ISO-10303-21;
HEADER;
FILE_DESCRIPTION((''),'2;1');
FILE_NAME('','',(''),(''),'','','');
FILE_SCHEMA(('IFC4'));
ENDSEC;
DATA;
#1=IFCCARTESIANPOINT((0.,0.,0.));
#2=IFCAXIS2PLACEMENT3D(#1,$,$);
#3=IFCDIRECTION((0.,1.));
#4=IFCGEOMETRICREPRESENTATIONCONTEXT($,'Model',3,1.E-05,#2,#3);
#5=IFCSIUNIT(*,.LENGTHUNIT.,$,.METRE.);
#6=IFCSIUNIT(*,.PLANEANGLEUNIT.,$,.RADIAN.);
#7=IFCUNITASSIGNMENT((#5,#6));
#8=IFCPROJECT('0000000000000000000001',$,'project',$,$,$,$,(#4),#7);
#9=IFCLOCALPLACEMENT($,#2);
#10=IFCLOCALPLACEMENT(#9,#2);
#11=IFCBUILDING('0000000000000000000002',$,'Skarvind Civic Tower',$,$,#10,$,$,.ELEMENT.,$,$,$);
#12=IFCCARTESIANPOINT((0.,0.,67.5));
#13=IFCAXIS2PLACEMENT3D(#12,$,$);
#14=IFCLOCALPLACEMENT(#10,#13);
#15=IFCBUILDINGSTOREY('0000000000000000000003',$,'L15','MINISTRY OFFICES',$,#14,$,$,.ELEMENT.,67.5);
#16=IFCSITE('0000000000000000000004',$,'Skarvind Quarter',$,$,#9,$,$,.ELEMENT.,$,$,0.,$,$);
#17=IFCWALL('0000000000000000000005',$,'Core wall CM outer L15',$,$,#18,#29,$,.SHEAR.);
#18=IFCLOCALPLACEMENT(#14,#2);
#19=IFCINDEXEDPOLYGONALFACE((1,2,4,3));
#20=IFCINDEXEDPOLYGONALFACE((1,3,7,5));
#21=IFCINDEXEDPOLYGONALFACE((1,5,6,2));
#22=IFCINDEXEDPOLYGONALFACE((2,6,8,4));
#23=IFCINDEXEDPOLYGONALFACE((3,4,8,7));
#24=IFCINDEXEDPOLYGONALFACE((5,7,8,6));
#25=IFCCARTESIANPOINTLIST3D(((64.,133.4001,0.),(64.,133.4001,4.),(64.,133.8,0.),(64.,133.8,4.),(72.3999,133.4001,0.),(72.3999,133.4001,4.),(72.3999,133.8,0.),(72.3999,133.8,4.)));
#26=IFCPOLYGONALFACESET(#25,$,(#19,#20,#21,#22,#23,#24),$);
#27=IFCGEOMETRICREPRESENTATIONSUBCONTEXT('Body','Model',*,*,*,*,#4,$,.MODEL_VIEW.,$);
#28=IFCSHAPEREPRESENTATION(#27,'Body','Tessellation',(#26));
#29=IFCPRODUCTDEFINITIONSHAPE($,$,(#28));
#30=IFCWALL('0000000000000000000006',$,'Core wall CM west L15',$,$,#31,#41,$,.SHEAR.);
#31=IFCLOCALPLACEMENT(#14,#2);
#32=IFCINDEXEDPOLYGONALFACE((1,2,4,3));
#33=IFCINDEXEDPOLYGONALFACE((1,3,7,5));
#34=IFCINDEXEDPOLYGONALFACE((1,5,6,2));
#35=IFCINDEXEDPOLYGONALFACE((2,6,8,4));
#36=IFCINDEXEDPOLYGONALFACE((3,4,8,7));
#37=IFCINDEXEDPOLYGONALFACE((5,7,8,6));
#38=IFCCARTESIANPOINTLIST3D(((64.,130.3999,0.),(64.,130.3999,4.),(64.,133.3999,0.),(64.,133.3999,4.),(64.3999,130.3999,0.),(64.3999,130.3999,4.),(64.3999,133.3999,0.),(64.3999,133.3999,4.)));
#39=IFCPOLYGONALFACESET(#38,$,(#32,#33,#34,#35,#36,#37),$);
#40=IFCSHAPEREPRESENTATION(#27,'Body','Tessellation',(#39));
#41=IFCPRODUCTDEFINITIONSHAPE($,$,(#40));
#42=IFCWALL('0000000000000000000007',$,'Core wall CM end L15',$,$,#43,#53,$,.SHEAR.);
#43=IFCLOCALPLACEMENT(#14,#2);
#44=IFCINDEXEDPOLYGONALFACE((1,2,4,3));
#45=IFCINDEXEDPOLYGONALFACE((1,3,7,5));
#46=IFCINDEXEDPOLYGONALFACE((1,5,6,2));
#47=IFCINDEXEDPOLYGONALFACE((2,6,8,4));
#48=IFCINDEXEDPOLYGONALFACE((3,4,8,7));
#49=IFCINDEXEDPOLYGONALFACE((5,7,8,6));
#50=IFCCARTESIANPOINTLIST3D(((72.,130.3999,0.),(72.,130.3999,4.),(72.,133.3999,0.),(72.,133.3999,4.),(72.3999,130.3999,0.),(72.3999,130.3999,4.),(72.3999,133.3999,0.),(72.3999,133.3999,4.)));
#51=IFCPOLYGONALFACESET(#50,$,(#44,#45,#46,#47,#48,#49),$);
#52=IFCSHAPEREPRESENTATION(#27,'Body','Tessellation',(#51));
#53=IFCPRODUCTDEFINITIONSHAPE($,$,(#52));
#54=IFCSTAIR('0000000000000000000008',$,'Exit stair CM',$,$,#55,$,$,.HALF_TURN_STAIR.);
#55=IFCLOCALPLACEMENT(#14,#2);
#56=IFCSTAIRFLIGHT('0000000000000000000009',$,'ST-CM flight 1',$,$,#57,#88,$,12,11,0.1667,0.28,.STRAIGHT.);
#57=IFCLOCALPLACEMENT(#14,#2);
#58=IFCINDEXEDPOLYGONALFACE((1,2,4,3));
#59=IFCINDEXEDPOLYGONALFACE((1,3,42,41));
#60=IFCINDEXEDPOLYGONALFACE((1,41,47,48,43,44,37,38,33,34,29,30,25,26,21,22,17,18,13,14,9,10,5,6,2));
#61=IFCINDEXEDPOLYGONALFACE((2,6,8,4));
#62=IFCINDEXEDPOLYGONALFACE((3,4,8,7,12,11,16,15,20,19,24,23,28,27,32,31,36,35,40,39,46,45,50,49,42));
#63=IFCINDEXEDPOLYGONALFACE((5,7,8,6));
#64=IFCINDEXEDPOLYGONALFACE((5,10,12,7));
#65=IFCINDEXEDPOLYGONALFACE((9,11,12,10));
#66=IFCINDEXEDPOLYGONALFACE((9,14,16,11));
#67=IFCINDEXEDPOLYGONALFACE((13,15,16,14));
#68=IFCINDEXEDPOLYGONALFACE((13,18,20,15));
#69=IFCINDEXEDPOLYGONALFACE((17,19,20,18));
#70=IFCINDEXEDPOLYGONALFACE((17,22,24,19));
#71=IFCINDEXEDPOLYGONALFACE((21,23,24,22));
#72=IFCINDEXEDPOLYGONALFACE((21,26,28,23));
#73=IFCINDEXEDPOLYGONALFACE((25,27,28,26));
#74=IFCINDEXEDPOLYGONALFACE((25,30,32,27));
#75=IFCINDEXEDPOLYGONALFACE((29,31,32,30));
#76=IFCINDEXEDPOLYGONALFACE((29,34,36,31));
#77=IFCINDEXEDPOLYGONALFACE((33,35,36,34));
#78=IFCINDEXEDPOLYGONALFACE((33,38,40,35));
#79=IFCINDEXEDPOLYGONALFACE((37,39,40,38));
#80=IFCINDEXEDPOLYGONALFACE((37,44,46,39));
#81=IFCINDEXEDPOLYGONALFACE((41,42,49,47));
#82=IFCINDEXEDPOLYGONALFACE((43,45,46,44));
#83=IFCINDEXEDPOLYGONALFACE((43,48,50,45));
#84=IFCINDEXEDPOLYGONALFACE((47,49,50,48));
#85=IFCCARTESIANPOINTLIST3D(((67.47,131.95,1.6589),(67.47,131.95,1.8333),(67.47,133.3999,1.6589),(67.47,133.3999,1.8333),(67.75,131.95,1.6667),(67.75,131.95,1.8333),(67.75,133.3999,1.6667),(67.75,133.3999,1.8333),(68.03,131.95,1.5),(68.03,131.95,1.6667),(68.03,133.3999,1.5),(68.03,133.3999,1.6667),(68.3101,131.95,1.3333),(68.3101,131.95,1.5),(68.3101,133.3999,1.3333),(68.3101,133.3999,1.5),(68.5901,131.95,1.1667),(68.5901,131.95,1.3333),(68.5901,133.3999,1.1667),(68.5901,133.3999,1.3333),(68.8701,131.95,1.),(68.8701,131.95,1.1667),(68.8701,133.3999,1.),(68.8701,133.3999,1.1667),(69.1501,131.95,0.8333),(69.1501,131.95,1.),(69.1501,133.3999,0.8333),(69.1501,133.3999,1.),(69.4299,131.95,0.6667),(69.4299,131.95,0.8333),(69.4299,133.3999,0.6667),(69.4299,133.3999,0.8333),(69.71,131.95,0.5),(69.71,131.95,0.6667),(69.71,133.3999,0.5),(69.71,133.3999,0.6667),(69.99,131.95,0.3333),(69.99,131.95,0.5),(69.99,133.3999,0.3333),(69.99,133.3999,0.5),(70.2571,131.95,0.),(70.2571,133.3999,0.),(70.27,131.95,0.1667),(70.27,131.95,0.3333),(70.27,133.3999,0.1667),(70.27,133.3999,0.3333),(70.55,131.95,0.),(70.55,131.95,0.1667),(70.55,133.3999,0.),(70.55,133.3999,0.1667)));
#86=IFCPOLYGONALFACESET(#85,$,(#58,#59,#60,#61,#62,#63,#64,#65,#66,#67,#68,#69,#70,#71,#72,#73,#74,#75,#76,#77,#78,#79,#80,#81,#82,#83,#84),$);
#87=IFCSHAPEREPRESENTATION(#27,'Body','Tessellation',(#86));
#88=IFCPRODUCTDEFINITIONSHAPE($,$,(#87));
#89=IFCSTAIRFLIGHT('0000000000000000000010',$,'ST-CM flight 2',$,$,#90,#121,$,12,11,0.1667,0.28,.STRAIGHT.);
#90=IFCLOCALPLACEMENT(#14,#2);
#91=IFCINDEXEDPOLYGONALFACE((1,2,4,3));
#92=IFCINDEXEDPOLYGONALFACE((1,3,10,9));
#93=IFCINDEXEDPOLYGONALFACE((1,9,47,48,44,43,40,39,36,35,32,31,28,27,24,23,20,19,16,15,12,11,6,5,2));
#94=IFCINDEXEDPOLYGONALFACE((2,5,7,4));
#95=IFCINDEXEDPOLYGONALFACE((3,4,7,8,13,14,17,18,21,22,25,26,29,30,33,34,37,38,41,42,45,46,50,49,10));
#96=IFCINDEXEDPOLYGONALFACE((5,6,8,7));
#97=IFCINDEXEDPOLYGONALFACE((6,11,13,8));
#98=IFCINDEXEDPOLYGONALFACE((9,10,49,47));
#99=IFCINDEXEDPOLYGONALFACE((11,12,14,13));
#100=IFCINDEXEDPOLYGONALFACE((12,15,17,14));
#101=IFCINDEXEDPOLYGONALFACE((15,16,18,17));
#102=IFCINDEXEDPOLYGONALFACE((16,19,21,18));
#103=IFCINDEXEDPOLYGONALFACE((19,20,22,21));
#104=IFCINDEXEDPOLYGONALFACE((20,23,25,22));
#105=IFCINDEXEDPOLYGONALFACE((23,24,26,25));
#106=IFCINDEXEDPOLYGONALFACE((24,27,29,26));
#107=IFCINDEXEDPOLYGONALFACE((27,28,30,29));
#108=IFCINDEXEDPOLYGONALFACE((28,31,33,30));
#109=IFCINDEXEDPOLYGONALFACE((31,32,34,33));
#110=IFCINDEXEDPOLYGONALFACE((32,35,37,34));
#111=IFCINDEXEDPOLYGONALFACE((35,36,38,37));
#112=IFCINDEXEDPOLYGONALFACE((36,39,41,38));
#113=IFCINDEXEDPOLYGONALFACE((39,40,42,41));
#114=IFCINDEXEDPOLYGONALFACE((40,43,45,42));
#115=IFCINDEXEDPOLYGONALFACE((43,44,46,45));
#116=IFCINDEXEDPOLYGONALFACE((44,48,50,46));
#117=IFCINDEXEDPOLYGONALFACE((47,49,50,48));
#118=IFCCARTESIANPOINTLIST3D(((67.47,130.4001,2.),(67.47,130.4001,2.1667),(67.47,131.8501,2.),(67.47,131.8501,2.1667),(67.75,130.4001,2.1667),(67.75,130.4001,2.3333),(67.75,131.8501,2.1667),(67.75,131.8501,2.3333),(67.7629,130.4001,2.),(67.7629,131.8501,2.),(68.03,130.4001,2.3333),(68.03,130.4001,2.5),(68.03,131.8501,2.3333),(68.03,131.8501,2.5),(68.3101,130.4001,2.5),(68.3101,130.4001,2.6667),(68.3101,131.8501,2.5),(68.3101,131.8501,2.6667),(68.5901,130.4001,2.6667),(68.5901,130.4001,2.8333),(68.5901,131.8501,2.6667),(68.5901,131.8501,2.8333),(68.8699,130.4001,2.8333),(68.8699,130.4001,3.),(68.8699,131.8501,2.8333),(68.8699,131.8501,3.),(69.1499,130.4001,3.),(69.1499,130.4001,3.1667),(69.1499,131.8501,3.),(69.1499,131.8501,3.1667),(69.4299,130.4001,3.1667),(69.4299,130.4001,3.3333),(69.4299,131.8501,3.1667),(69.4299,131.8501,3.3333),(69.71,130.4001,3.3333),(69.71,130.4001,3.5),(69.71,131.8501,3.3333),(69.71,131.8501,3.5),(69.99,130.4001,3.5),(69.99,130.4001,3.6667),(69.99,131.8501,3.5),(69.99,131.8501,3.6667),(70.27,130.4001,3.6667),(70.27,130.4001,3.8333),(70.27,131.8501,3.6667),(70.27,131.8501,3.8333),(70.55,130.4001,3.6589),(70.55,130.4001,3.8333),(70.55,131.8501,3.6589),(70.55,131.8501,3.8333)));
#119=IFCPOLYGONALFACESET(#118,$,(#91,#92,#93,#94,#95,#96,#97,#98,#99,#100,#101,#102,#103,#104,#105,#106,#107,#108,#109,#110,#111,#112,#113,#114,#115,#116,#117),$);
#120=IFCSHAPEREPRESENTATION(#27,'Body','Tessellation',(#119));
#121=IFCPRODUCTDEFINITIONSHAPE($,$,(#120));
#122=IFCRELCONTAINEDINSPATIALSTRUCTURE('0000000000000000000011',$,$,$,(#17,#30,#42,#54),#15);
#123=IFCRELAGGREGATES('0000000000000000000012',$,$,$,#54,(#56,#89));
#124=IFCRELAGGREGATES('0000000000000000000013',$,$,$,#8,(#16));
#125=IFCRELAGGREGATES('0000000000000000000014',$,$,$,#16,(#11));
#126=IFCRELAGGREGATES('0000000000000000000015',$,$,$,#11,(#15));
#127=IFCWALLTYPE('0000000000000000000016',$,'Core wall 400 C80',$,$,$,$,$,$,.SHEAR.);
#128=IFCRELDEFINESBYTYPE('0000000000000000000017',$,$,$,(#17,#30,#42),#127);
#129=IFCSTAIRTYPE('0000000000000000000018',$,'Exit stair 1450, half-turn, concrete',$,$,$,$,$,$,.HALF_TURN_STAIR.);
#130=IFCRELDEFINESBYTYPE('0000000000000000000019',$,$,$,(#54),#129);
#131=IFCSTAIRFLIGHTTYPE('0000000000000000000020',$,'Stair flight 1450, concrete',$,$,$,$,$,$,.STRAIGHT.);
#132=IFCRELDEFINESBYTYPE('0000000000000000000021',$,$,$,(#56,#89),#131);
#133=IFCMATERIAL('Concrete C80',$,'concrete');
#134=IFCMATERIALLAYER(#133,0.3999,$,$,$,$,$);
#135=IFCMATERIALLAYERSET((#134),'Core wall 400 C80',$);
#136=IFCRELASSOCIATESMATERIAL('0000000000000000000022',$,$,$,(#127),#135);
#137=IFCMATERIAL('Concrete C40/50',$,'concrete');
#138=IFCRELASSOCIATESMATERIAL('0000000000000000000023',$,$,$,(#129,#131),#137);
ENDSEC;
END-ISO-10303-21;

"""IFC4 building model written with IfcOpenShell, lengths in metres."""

from ifc_helpers import new_model, si_unit, direction, frame, frame_2d, origin, place, context, subcontext, project, spatial, polyline, rectangle, outline, extrude, material, layer, layer_set, type_object, element, aggregate, save


model = new_model("IFC4")

# Units and contexts
model_context = context("Model", 3, precision=1e-05, world=origin(), true_north=direction((0.0, 1.0)))
body_context = subcontext(model_context, "Body", "Model", "MODEL_VIEW")
ifc_project = project(units=[si_unit("LENGTHUNIT", "METRE"), si_unit("PLANEANGLEUNIT", "RADIAN")], contexts=[model_context])

# Site, building, storey
site_placement = place(None, origin())
site = spatial("IfcSite", under=ifc_project, at=site_placement, Name="Skarvind Quarter", CompositionType="ELEMENT", RefElevation=0.0)
building_placement = place(site_placement, origin())
building = spatial("IfcBuilding", under=site, at=building_placement, Name="Skarvind Civic Tower", CompositionType="ELEMENT")
storey_placement = place(building_placement, frame((0.0, 0.0, 67.5)))
storey = spatial("IfcBuildingStorey", under=building, at=storey_placement, Name="L15", Description="MINISTRY OFFICES", CompositionType="ELEMENT", Elevation=67.5)

# Shared definitions
ifc_material_1 = material(Name="Concrete C80", Category="concrete")

# Shared definitions
ifc_layer_1 = layer(ifc_material_1, 0.3999)
ifc_layer_set_1 = layer_set([ifc_layer_1], Name="Core wall 400 C80")
wall_type_1 = type_object("IfcWallType", Name="Core wall 400 C80", PredefinedType="SHEAR", material=ifc_layer_set_1)

# Walls
wall_1_placement = place(storey_placement, frame((64.0, 133.6001, 0.0), z_axis=(0.0, 0.0, 1.0), x_axis=(1.0, 0.0, 0.0)))
element("IfcWall", 1, at=wall_1_placement, inside=storey, type_object=wall_type_1, Name="Core wall CM outer L15", PredefinedType="SHEAR", context=body_context, shape_type="SweptSolid", body=[
    extrude(rectangle(XDim=8.3999, YDim=0.3999, at=frame_2d((4.2, 0.0))), origin(), (0.0, 0.0, 1.0), 4.0),
])
for number, where, z_axis, x_axis, name in (
    (2, (64.2, 130.3999, 0.0), (0.0, 0.0, 1.0), (0.0, 1.0, 0.0), "Core wall CM west L15"),
    (3, (72.2, 130.3999, 0.0), (0.0, 0.0, 1.0), (0.0, 1.0, 0.0), "Core wall CM end L15"),
):
    element("IfcWall", number, at=place(storey_placement, frame(where, z_axis=z_axis, x_axis=x_axis)), inside=storey, type_object=wall_type_1, Name=name, PredefinedType="SHEAR", context=body_context, shape_type="SweptSolid", body=[
        extrude(rectangle(XDim=3.0, YDim=0.3999, at=frame_2d((1.5, 0.0))), origin(), (0.0, 0.0, 1.0), 4.0),
    ])

# Stair, stair flights
ifc_material_2 = material(Name="Concrete C40/50", Category="concrete")
stair_type = type_object("IfcStairType", Name="Exit stair 1450, half-turn, concrete", PredefinedType="HALF_TURN_STAIR", material=ifc_material_2)
stair_placement = place(storey_placement, origin())
stair = element("IfcStair", 4, at=stair_placement, inside=storey, type_object=stair_type, Name="Exit stair CM", PredefinedType="HALF_TURN_STAIR")
stair_flight_type = type_object("IfcStairFlightType", Name="Stair flight 1450, concrete", PredefinedType="STRAIGHT", material=ifc_material_2)
stair_flight_1_placement = place(storey_placement, frame((70.55, 132.675, 0.0), z_axis=(0.0, 0.0, 1.0), x_axis=(-1.0, 0.0, 0.0)))
stair_flight_1 = element("IfcStairFlight", 5, at=stair_flight_1_placement, type_object=stair_flight_type, Name="ST-CM flight 1", NumberOfRisers=12, NumberOfTreads=11, PredefinedType="STRAIGHT", RiserHeight=0.1667, TreadLength=0.28, context=body_context, shape_type="SweptSolid", body=[
    extrude(outline(polyline([(0.0, 0.0), (0.0, 0.1667), (0.28, 0.1667), (0.28, 0.3333), (0.5601, 0.3333), (0.5601, 0.5), (0.8401, 0.5), (0.8401, 0.6667), (1.1201, 0.6667), (1.1201, 0.8333), (1.3999, 0.8333), (1.3999, 1.0), (1.6799, 1.0), (1.6799, 1.1667), (1.96, 1.1667), (1.96, 1.3333), (2.24, 1.3333), (2.24, 1.5), (2.52, 1.5), (2.52, 1.6667), (2.8, 1.6667), (2.8, 1.8333), (3.0801, 1.8333), (3.0801, 2.0), (3.0801, 1.6589), (0.293, 0.0), (0.0, 0.0)])), frame((0.0, 0.7251, 0.0), z_axis=(0.0, -1.0, 0.0), x_axis=(1.0, 0.0, 0.0)), (0.0, 0.0, 1.0), 1.45),
])
stair_flight_2_placement = place(storey_placement, frame((67.47, 131.125, 2.0), z_axis=(0.0, 0.0, 1.0), x_axis=(1.0, 0.0, 0.0)))
stair_flight_2 = element("IfcStairFlight", 6, at=stair_flight_2_placement, type_object=stair_flight_type, Name="ST-CM flight 2", NumberOfRisers=12, NumberOfTreads=11, PredefinedType="STRAIGHT", RiserHeight=0.1667, TreadLength=0.28, context=body_context, shape_type="SweptSolid", body=[
    extrude(outline(polyline([(0.0, 0.0), (0.0, 0.1667), (0.28, 0.1667), (0.28, 0.3333), (0.5601, 0.3333), (0.5601, 0.5), (0.8401, 0.5), (0.8401, 0.6667), (1.1201, 0.6667), (1.1201, 0.8333), (1.3999, 0.8333), (1.3999, 1.0), (1.6799, 1.0), (1.6799, 1.1667), (1.96, 1.1667), (1.96, 1.3333), (2.24, 1.3333), (2.24, 1.5), (2.52, 1.5), (2.52, 1.6667), (2.8, 1.6667), (2.8, 1.8333), (3.0801, 1.8333), (3.0801, 2.0), (3.0801, 1.6589), (0.293, 0.0), (0.0, 0.0)])), frame((0.0, 0.7251, 0.0), z_axis=(0.0, -1.0, 0.0), x_axis=(1.0, 0.0, 0.0)), (0.0, 0.0, 1.0), 1.45),
])
aggregate(stair, [stair_flight_1, stair_flight_2])

save(model, "model.ifc")
